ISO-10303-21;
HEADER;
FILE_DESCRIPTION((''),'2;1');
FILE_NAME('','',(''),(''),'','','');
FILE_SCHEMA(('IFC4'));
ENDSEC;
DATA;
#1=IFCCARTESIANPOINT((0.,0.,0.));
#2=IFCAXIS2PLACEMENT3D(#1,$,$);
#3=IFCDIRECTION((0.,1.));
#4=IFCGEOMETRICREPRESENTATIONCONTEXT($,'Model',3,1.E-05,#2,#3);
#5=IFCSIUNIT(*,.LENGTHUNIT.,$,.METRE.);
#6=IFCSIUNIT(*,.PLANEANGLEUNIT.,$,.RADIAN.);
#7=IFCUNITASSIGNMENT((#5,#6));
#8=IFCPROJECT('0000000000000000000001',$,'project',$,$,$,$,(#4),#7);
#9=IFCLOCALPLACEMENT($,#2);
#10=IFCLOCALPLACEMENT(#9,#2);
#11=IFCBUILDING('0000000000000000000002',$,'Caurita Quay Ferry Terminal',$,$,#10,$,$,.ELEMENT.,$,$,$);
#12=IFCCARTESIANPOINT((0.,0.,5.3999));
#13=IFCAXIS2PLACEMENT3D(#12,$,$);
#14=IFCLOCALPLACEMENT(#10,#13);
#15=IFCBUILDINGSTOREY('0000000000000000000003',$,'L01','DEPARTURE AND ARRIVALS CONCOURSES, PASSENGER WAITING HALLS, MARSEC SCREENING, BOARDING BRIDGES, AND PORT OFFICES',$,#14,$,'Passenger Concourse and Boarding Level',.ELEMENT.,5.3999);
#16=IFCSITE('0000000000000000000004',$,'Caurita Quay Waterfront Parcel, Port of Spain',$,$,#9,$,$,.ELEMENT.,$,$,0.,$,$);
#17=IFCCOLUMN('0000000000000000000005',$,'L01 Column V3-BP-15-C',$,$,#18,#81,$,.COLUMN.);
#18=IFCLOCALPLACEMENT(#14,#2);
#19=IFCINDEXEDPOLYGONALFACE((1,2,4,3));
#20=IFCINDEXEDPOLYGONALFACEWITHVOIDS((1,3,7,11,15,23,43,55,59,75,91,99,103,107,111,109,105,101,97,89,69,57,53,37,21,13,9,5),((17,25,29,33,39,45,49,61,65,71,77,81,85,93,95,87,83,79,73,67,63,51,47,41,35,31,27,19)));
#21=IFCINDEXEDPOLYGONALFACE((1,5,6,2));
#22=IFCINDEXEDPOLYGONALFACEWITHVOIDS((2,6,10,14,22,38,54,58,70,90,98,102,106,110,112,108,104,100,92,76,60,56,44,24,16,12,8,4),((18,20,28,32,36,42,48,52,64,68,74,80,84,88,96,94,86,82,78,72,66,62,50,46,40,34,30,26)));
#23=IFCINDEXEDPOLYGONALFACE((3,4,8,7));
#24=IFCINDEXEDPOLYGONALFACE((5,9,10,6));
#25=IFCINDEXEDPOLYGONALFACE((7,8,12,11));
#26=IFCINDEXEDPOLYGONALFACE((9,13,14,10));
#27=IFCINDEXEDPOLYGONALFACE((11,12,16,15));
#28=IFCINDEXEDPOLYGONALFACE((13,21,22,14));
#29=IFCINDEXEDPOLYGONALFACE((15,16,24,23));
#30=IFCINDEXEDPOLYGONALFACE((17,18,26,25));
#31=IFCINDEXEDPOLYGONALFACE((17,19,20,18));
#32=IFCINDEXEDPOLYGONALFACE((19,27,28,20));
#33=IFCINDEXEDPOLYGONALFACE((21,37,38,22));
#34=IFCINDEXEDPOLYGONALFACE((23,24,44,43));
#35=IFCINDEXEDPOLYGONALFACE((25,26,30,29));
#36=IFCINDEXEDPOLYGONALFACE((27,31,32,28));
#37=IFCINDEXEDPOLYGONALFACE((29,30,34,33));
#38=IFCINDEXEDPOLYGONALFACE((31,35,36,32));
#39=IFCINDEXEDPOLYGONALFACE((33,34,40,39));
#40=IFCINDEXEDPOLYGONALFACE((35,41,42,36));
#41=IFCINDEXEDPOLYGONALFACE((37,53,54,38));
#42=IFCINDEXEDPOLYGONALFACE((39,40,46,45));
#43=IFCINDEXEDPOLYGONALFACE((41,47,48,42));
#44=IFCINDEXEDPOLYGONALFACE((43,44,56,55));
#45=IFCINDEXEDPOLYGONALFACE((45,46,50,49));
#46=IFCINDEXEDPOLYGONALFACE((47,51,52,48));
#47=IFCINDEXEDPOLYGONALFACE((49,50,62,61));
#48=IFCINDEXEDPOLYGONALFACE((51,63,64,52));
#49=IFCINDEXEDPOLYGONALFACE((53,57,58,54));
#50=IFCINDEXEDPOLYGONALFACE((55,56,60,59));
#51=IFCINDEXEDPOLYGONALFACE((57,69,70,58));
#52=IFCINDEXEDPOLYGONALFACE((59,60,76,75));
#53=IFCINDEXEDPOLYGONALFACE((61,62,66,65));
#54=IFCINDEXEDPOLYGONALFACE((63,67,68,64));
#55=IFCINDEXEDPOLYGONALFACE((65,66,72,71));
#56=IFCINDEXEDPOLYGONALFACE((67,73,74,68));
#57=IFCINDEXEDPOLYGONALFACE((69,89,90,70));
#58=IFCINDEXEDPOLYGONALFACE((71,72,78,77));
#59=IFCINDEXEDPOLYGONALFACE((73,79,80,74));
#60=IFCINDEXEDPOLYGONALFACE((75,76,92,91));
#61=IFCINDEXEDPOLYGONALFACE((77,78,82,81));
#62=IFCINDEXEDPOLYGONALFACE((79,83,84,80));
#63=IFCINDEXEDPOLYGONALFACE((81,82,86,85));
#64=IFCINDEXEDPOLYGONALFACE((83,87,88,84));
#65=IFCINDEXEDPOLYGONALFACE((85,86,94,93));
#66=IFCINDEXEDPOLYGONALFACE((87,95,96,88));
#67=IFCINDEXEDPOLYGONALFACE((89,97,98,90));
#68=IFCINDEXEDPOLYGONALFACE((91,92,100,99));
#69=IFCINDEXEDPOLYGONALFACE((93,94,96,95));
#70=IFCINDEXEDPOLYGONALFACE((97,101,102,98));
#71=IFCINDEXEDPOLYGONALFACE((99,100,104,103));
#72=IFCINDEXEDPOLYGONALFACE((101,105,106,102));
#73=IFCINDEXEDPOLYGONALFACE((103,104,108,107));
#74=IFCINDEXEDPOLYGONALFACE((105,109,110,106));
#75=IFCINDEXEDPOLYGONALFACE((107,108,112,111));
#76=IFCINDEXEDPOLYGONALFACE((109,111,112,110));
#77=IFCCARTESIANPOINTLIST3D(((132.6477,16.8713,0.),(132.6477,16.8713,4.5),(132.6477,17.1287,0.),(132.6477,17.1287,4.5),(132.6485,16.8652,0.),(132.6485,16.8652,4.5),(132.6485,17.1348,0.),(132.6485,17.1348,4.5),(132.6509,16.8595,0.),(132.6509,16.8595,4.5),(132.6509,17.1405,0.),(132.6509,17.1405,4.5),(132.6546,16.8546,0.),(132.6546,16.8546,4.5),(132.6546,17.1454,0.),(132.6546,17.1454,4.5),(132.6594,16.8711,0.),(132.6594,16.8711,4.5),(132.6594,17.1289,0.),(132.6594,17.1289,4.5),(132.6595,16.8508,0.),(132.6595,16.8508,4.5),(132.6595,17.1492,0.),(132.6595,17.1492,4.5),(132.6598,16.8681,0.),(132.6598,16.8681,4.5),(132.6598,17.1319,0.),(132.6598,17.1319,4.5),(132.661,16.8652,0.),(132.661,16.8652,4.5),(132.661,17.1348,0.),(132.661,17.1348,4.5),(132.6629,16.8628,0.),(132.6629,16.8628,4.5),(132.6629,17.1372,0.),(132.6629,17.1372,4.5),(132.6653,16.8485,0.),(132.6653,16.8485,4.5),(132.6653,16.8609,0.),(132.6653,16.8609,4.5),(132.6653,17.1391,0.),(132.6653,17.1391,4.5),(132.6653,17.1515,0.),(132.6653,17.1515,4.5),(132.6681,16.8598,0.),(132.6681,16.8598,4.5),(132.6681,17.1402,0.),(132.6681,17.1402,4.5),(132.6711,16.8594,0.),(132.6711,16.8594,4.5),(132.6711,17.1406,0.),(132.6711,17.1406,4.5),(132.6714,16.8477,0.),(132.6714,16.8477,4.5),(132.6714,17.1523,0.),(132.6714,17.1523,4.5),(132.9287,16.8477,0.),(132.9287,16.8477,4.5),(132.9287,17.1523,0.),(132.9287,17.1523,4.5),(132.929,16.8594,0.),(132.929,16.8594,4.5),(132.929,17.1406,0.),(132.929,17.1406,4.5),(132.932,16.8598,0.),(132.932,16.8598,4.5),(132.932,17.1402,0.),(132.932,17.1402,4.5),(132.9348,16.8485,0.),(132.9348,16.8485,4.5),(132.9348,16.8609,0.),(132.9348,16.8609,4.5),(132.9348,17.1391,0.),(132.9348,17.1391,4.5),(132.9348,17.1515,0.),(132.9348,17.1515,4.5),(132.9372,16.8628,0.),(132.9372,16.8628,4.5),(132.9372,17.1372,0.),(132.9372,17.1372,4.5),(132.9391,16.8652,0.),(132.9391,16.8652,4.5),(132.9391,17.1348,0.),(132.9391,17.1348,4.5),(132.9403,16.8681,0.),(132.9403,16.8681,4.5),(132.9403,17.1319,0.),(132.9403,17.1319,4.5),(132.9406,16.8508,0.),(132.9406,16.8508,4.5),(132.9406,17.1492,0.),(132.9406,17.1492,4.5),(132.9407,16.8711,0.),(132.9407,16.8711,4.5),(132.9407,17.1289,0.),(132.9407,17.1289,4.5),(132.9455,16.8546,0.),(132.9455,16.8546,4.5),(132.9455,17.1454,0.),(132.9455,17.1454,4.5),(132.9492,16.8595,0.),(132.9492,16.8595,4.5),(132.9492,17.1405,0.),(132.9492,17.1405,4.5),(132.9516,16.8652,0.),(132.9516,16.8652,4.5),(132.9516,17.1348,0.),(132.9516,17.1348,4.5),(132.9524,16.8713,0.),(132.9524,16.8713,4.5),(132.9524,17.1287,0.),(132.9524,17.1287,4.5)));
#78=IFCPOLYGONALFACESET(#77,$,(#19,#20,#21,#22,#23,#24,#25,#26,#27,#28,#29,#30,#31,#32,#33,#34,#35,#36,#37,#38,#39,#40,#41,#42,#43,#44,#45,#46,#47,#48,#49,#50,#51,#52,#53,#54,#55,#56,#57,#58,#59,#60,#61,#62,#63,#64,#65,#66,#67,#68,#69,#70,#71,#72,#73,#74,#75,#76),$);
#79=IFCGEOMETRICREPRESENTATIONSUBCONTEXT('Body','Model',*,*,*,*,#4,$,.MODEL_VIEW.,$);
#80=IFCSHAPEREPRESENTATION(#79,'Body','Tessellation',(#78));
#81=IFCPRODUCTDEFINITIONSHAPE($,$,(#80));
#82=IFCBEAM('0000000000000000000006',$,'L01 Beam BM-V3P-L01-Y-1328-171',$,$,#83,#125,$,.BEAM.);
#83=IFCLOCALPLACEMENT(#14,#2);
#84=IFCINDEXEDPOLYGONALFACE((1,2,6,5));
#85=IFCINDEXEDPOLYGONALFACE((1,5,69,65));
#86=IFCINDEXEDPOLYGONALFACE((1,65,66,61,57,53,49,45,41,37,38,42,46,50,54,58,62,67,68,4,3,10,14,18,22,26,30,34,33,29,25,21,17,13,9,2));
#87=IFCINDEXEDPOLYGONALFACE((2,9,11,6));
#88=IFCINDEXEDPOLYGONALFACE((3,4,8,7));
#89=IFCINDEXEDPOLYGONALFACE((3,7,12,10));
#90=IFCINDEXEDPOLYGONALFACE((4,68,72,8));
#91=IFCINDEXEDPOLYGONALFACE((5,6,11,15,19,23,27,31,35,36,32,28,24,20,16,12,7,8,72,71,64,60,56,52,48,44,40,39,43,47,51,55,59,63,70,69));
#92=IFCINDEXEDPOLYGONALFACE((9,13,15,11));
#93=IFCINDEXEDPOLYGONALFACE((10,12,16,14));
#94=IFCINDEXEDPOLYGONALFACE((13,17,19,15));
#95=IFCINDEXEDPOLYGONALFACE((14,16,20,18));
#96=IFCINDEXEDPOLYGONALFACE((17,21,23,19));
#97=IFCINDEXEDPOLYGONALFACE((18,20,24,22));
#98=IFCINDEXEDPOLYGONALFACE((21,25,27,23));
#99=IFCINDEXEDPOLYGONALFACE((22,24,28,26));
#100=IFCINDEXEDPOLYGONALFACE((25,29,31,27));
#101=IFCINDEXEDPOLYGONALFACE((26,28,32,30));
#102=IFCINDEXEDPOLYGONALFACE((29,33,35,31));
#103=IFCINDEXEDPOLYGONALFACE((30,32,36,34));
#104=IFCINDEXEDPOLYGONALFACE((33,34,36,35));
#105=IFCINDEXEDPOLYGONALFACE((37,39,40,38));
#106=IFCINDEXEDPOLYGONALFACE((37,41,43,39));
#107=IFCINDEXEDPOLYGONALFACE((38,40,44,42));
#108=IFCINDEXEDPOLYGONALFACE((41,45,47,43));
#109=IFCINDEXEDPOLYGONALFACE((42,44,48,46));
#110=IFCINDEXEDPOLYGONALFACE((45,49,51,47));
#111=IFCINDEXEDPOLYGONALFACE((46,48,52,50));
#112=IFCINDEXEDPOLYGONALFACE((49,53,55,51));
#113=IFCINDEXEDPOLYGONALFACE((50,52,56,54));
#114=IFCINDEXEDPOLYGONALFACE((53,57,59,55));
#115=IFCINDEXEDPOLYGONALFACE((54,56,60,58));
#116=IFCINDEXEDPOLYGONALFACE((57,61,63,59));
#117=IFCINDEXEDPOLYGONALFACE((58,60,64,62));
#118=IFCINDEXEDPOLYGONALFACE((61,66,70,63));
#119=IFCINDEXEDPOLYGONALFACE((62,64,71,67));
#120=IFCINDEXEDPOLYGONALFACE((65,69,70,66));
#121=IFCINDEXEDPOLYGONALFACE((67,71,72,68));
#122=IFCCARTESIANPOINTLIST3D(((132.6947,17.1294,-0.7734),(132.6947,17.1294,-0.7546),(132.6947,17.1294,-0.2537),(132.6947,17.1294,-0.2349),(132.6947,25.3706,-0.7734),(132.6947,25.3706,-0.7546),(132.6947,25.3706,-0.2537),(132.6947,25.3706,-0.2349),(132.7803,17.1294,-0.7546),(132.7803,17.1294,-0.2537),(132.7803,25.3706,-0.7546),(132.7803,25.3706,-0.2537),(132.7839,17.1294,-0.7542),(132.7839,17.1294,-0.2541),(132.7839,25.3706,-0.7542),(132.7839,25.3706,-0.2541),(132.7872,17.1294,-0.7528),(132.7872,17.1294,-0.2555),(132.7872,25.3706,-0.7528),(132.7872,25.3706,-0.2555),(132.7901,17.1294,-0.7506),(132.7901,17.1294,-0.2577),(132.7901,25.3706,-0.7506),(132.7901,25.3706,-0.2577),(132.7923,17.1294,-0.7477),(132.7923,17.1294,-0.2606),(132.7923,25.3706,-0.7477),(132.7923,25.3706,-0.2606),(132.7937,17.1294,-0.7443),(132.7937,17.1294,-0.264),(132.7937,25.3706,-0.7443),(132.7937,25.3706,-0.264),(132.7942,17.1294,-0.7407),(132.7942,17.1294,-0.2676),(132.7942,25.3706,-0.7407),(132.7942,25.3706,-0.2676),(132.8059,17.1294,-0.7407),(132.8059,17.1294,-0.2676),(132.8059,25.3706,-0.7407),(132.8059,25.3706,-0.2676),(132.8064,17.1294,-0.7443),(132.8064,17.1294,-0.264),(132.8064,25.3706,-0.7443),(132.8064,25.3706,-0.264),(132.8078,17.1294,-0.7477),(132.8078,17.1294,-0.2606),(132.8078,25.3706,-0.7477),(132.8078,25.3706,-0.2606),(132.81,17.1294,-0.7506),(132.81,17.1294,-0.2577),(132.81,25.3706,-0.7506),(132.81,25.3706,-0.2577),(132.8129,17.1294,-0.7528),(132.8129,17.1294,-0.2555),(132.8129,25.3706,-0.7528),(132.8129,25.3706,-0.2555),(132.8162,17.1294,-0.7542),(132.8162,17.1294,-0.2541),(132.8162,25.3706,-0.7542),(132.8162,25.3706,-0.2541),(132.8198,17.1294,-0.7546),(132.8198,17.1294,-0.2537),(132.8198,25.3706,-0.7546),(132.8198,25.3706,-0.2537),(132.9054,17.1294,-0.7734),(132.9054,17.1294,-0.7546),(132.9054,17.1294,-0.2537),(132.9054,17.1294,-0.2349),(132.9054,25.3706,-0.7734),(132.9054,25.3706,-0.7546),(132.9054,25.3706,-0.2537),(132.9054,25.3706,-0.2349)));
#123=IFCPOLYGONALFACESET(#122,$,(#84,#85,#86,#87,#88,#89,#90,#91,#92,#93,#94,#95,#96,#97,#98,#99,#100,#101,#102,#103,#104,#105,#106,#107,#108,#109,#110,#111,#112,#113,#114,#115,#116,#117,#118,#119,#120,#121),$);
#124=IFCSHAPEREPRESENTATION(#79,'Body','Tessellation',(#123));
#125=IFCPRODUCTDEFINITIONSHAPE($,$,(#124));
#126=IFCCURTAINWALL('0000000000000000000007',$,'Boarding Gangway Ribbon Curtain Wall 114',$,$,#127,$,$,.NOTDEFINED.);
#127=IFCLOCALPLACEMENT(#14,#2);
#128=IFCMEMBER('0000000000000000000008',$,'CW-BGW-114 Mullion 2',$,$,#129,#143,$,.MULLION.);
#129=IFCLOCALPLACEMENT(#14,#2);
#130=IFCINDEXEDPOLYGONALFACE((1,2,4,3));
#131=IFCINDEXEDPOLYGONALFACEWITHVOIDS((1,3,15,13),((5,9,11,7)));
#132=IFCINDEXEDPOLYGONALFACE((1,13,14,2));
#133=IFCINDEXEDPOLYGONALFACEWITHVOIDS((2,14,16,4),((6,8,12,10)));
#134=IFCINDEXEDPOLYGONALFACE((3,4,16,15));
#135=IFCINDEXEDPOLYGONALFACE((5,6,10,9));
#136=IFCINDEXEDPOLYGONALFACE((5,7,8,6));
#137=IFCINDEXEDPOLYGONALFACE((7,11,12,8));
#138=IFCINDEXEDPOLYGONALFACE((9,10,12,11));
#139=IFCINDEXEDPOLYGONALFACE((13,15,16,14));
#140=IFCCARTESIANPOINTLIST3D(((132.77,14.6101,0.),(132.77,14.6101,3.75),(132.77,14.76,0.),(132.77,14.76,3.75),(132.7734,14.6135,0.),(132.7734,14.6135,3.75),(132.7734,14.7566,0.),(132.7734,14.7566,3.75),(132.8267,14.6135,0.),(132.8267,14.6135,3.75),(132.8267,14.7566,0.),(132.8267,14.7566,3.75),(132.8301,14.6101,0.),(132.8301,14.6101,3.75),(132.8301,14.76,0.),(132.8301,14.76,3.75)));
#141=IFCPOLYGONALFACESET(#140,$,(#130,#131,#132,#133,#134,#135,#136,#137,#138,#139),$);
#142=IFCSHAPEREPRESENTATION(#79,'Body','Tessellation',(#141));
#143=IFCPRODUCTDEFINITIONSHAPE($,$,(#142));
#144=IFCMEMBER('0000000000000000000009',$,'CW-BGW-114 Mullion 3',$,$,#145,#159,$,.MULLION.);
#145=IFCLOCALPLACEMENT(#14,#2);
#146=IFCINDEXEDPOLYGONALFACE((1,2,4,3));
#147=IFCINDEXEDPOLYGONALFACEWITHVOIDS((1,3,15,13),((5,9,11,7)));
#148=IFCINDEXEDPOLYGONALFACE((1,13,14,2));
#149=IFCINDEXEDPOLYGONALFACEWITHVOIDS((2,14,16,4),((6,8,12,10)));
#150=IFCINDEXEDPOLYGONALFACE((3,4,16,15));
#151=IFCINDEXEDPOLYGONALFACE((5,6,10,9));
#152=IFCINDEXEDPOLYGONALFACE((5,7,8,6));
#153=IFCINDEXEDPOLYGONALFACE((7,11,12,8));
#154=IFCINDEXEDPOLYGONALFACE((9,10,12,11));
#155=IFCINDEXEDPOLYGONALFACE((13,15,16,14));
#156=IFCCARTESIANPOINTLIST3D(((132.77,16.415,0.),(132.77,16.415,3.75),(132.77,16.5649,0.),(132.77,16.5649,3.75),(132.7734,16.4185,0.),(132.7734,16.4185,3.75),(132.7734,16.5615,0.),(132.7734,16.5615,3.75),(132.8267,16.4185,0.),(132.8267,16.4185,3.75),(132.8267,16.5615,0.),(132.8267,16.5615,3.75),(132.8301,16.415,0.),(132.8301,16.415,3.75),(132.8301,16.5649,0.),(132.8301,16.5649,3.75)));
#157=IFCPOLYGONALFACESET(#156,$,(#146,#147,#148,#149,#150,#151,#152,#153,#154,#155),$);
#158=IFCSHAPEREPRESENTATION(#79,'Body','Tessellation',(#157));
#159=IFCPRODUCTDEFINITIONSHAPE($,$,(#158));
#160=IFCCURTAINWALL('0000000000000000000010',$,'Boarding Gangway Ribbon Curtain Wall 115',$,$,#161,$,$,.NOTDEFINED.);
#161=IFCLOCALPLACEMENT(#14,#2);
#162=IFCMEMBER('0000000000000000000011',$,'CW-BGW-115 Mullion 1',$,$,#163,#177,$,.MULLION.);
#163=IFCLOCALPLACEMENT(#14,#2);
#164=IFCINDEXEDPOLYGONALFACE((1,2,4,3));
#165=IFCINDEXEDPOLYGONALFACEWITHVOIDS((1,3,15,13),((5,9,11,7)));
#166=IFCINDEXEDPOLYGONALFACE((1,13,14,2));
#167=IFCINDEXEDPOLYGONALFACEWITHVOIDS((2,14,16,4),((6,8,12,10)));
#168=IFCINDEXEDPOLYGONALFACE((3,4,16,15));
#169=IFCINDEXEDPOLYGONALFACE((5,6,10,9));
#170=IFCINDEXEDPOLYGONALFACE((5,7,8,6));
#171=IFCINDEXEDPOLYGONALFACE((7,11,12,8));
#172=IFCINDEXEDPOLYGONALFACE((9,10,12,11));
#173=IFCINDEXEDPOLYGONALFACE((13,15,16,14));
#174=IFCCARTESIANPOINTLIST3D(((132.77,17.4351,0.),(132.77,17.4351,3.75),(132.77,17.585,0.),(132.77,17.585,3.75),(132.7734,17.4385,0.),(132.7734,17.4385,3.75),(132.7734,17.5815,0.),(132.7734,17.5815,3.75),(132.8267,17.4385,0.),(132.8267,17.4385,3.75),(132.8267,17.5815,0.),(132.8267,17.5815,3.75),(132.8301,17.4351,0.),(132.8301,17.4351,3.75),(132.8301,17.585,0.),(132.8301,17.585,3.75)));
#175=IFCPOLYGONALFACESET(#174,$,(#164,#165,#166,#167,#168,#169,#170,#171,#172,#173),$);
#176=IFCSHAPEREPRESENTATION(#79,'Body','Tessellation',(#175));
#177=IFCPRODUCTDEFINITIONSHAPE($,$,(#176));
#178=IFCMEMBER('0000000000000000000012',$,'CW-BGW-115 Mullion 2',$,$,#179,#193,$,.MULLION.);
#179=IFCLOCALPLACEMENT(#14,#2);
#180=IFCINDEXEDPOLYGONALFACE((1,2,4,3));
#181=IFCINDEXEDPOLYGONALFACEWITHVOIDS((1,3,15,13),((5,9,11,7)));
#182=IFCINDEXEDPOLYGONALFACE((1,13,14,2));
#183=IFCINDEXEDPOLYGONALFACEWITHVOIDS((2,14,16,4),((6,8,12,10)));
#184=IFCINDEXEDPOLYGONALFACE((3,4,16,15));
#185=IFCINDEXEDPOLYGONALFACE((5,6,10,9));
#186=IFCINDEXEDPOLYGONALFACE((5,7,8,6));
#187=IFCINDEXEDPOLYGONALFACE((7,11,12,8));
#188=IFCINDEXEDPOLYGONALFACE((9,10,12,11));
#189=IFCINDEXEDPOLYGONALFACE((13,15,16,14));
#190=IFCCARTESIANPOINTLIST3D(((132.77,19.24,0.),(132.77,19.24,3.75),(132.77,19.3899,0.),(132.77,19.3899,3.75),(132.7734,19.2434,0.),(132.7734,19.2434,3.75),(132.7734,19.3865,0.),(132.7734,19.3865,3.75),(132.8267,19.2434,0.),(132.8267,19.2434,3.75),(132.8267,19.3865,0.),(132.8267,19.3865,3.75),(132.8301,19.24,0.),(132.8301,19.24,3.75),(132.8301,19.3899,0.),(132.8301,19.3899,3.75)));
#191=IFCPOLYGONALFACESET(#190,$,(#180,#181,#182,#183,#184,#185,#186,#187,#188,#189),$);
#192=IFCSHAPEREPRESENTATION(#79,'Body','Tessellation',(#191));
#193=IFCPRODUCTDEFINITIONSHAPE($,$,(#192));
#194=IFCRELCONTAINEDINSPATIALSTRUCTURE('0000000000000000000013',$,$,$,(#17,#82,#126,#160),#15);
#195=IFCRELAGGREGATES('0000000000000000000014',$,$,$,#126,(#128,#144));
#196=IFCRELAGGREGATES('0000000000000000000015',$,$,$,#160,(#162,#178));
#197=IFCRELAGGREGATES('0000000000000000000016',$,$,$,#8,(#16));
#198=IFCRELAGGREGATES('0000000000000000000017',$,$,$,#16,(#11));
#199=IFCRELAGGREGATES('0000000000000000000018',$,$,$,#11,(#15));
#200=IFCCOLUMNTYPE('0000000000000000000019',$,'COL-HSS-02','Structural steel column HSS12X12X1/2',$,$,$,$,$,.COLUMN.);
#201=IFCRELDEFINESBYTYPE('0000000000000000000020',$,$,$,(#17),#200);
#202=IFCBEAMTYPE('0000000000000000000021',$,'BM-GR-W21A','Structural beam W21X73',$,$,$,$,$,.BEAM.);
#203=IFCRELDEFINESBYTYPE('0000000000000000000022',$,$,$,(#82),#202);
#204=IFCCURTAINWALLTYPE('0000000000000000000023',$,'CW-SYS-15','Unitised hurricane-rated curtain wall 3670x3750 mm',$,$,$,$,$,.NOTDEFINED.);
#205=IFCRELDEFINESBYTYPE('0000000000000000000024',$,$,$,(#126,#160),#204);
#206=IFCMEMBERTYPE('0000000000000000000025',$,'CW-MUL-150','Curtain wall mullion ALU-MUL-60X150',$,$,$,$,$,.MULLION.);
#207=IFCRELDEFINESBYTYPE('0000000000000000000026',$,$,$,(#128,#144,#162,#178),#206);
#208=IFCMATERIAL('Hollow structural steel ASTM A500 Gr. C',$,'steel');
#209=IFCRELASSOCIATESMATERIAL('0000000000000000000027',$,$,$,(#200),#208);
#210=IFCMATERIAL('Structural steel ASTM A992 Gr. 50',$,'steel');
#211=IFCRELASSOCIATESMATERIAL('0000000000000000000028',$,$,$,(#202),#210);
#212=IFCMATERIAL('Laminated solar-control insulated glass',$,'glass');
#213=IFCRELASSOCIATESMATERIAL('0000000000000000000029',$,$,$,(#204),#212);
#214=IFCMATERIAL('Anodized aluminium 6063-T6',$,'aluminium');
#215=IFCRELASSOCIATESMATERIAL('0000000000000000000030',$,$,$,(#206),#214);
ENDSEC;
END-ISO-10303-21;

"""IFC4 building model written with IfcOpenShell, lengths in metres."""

from ifc_helpers import new_model, si_unit, direction, frame, origin, origin_2d, place, context, subcontext, project, spatial, hollow_rectangle, i_section, extrude, material, material_profile, profile_set, type_object, element, aggregate, save


model = new_model("IFC4")

# Units and contexts
model_context = context("Model", 3, precision=1e-05, world=origin(), true_north=direction((0.0, 1.0)))
body_context = subcontext(model_context, "Body", "Model", "MODEL_VIEW")
ifc_project = project(units=[si_unit("LENGTHUNIT", "METRE"), si_unit("PLANEANGLEUNIT", "RADIAN")], contexts=[model_context])

# Site, building, storey
site_placement = place(None, origin())
site = spatial("IfcSite", under=ifc_project, at=site_placement, Name="Caurita Quay Waterfront Parcel, Port of Spain", CompositionType="ELEMENT", RefElevation=0.0)
building_placement = place(site_placement, origin())
building = spatial("IfcBuilding", under=site, at=building_placement, Name="Caurita Quay Ferry Terminal", CompositionType="ELEMENT")
storey_placement = place(building_placement, frame((0.0, 0.0, 5.3999)))
storey = spatial("IfcBuildingStorey", under=building, at=storey_placement, Name="L01", Description="DEPARTURE AND ARRIVALS CONCOURSES, PASSENGER WAITING HALLS, MARSEC SCREENING, BOARDING BRIDGES, AND PORT OFFICES", LongName="Passenger Concourse and Boarding Level", CompositionType="ELEMENT", Elevation=5.3999)

# Column
ifc_material_1 = material(Name="Hollow structural steel ASTM A500 Gr. C", Category="steel")
ifc_material_profile_1 = material_profile(ifc_material_1, hollow_rectangle(XDim=0.3047, YDim=0.3047, WallThickness=0.0117, InnerFilletRadius=0.0117, OuterFilletRadius=0.0237, at=origin_2d()), Name="HSS12X12X1/2")
ifc_profile_set_1 = profile_set([ifc_material_profile_1], Name="Hollow structural steel ASTM A500 Gr. C")
column_type = type_object("IfcColumnType", Name="COL-HSS-02", Description="Structural steel column HSS12X12X1/2", PredefinedType="COLUMN", material=ifc_profile_set_1)
column_placement = place(storey_placement, frame((132.8, 17.0, 0.0), z_axis=(0.0, 0.0, 1.0), x_axis=(1.0, 0.0, 0.0)))
element("IfcColumn", 1, at=column_placement, inside=storey, type_object=column_type, Name="L01 Column V3-BP-15-C", PredefinedType="COLUMN", context=body_context, shape_type="SweptSolid", body=[
    extrude(hollow_rectangle(XDim=0.3047, YDim=0.3047, WallThickness=0.0117, InnerFilletRadius=0.0117, OuterFilletRadius=0.0237, at=origin_2d()), origin(), (0.0, 0.0, 1.0), 4.5),
])

# Beam
ifc_material_2 = material(Name="Structural steel ASTM A992 Gr. 50", Category="steel")
ifc_material_profile_2 = material_profile(ifc_material_2, i_section(OverallWidth=0.2107, OverallDepth=0.5386, WebThickness=0.0117, FlangeThickness=0.0188, FilletRadius=0.0139, at=origin_2d()), Name="W21X73")
ifc_profile_set_2 = profile_set([ifc_material_profile_2], Name="Structural steel ASTM A992 Gr. 50")
beam_type = type_object("IfcBeamType", Name="BM-GR-W21A", Description="Structural beam W21X73", PredefinedType="BEAM", material=ifc_profile_set_2)
beam_placement = place(storey_placement, frame((132.8, 17.1294, -0.5042), z_axis=(0.0, 1.0, 0.0), x_axis=(-1.0, 0.0, 0.0)))
element("IfcBeam", 2, at=beam_placement, inside=storey, type_object=beam_type, Name="L01 Beam BM-V3P-L01-Y-1328-171", PredefinedType="BEAM", context=body_context, shape_type="SweptSolid", body=[
    extrude(i_section(OverallWidth=0.2107, OverallDepth=0.5386, WebThickness=0.0117, FlangeThickness=0.0188, FilletRadius=0.0139, at=origin_2d()), origin(), (0.0, 0.0, 1.0), 8.2412),
])

# Curtain walls, members
ifc_material_3 = material(Name="Laminated solar-control insulated glass", Category="glass")
curtain_wall_type = type_object("IfcCurtainWallType", Name="CW-SYS-15", Description="Unitised hurricane-rated curtain wall 3670x3750 mm", PredefinedType="NOTDEFINED", material=ifc_material_3)
curtain_wall_1_placement = place(storey_placement, origin())
curtain_wall_1 = element("IfcCurtainWall", 3, at=curtain_wall_1_placement, inside=storey, type_object=curtain_wall_type, Name="Boarding Gangway Ribbon Curtain Wall 114", PredefinedType="NOTDEFINED")
ifc_material_4 = material(Name="Anodized aluminium 6063-T6", Category="aluminium")
ifc_material_profile_3 = material_profile(ifc_material_4, hollow_rectangle(XDim=0.0601, YDim=0.1499, WallThickness=0.0034, at=origin_2d()), Name="ALU-MUL-60X150")
ifc_profile_set_3 = profile_set([ifc_material_profile_3], Name="Anodized aluminium 6063-T6")
member_type_1 = type_object("IfcMemberType", Name="CW-MUL-150", Description="Curtain wall mullion ALU-MUL-60X150", PredefinedType="MULLION", material=ifc_profile_set_3)
member_1_placement = place(storey_placement, frame((132.8, 14.6851, 0.0), z_axis=(0.0, 0.0, 1.0), x_axis=(-1.0, 0.0, 0.0)))
member_1 = element("IfcMember", 4, at=member_1_placement, type_object=member_type_1, Name="CW-BGW-114 Mullion 2", PredefinedType="MULLION", context=body_context, shape_type="SweptSolid", body=[
    extrude(hollow_rectangle(XDim=0.0601, YDim=0.1499, WallThickness=0.0034, at=origin_2d()), origin(), (0.0, 0.0, 1.0), 3.75),
])
member_2_placement = place(storey_placement, frame((132.8, 16.49, 0.0), z_axis=(0.0, 0.0, 1.0), x_axis=(-1.0, 0.0, 0.0)))
member_2 = element("IfcMember", 5, at=member_2_placement, type_object=member_type_1, Name="CW-BGW-114 Mullion 3", PredefinedType="MULLION", context=body_context, shape_type="SweptSolid", body=[
    extrude(hollow_rectangle(XDim=0.0601, YDim=0.1499, WallThickness=0.0034, at=origin_2d()), origin(), (0.0, 0.0, 1.0), 3.75),
])
curtain_wall_2_placement = place(storey_placement, origin())
curtain_wall_2 = element("IfcCurtainWall", 6, at=curtain_wall_2_placement, inside=storey, type_object=curtain_wall_type, Name="Boarding Gangway Ribbon Curtain Wall 115", PredefinedType="NOTDEFINED")
member_3_placement = place(storey_placement, frame((132.8, 17.51, 0.0), z_axis=(0.0, 0.0, 1.0), x_axis=(-1.0, 0.0, 0.0)))
member_3 = element("IfcMember", 7, at=member_3_placement, type_object=member_type_1, Name="CW-BGW-115 Mullion 1", PredefinedType="MULLION", context=body_context, shape_type="SweptSolid", body=[
    extrude(hollow_rectangle(XDim=0.0601, YDim=0.1499, WallThickness=0.0034, at=origin_2d()), origin(), (0.0, 0.0, 1.0), 3.75),
])
member_4_placement = place(storey_placement, frame((132.8, 19.3149, 0.0), z_axis=(0.0, 0.0, 1.0), x_axis=(-1.0, 0.0, 0.0)))
member_4 = element("IfcMember", 8, at=member_4_placement, type_object=member_type_1, Name="CW-BGW-115 Mullion 2", PredefinedType="MULLION", context=body_context, shape_type="SweptSolid", body=[
    extrude(hollow_rectangle(XDim=0.0601, YDim=0.1499, WallThickness=0.0034, at=origin_2d()), origin(), (0.0, 0.0, 1.0), 3.75),
])

aggregate(curtain_wall_1, [member_1, member_2])
aggregate(curtain_wall_2, [member_3, member_4])

save(model, "model.ifc")
